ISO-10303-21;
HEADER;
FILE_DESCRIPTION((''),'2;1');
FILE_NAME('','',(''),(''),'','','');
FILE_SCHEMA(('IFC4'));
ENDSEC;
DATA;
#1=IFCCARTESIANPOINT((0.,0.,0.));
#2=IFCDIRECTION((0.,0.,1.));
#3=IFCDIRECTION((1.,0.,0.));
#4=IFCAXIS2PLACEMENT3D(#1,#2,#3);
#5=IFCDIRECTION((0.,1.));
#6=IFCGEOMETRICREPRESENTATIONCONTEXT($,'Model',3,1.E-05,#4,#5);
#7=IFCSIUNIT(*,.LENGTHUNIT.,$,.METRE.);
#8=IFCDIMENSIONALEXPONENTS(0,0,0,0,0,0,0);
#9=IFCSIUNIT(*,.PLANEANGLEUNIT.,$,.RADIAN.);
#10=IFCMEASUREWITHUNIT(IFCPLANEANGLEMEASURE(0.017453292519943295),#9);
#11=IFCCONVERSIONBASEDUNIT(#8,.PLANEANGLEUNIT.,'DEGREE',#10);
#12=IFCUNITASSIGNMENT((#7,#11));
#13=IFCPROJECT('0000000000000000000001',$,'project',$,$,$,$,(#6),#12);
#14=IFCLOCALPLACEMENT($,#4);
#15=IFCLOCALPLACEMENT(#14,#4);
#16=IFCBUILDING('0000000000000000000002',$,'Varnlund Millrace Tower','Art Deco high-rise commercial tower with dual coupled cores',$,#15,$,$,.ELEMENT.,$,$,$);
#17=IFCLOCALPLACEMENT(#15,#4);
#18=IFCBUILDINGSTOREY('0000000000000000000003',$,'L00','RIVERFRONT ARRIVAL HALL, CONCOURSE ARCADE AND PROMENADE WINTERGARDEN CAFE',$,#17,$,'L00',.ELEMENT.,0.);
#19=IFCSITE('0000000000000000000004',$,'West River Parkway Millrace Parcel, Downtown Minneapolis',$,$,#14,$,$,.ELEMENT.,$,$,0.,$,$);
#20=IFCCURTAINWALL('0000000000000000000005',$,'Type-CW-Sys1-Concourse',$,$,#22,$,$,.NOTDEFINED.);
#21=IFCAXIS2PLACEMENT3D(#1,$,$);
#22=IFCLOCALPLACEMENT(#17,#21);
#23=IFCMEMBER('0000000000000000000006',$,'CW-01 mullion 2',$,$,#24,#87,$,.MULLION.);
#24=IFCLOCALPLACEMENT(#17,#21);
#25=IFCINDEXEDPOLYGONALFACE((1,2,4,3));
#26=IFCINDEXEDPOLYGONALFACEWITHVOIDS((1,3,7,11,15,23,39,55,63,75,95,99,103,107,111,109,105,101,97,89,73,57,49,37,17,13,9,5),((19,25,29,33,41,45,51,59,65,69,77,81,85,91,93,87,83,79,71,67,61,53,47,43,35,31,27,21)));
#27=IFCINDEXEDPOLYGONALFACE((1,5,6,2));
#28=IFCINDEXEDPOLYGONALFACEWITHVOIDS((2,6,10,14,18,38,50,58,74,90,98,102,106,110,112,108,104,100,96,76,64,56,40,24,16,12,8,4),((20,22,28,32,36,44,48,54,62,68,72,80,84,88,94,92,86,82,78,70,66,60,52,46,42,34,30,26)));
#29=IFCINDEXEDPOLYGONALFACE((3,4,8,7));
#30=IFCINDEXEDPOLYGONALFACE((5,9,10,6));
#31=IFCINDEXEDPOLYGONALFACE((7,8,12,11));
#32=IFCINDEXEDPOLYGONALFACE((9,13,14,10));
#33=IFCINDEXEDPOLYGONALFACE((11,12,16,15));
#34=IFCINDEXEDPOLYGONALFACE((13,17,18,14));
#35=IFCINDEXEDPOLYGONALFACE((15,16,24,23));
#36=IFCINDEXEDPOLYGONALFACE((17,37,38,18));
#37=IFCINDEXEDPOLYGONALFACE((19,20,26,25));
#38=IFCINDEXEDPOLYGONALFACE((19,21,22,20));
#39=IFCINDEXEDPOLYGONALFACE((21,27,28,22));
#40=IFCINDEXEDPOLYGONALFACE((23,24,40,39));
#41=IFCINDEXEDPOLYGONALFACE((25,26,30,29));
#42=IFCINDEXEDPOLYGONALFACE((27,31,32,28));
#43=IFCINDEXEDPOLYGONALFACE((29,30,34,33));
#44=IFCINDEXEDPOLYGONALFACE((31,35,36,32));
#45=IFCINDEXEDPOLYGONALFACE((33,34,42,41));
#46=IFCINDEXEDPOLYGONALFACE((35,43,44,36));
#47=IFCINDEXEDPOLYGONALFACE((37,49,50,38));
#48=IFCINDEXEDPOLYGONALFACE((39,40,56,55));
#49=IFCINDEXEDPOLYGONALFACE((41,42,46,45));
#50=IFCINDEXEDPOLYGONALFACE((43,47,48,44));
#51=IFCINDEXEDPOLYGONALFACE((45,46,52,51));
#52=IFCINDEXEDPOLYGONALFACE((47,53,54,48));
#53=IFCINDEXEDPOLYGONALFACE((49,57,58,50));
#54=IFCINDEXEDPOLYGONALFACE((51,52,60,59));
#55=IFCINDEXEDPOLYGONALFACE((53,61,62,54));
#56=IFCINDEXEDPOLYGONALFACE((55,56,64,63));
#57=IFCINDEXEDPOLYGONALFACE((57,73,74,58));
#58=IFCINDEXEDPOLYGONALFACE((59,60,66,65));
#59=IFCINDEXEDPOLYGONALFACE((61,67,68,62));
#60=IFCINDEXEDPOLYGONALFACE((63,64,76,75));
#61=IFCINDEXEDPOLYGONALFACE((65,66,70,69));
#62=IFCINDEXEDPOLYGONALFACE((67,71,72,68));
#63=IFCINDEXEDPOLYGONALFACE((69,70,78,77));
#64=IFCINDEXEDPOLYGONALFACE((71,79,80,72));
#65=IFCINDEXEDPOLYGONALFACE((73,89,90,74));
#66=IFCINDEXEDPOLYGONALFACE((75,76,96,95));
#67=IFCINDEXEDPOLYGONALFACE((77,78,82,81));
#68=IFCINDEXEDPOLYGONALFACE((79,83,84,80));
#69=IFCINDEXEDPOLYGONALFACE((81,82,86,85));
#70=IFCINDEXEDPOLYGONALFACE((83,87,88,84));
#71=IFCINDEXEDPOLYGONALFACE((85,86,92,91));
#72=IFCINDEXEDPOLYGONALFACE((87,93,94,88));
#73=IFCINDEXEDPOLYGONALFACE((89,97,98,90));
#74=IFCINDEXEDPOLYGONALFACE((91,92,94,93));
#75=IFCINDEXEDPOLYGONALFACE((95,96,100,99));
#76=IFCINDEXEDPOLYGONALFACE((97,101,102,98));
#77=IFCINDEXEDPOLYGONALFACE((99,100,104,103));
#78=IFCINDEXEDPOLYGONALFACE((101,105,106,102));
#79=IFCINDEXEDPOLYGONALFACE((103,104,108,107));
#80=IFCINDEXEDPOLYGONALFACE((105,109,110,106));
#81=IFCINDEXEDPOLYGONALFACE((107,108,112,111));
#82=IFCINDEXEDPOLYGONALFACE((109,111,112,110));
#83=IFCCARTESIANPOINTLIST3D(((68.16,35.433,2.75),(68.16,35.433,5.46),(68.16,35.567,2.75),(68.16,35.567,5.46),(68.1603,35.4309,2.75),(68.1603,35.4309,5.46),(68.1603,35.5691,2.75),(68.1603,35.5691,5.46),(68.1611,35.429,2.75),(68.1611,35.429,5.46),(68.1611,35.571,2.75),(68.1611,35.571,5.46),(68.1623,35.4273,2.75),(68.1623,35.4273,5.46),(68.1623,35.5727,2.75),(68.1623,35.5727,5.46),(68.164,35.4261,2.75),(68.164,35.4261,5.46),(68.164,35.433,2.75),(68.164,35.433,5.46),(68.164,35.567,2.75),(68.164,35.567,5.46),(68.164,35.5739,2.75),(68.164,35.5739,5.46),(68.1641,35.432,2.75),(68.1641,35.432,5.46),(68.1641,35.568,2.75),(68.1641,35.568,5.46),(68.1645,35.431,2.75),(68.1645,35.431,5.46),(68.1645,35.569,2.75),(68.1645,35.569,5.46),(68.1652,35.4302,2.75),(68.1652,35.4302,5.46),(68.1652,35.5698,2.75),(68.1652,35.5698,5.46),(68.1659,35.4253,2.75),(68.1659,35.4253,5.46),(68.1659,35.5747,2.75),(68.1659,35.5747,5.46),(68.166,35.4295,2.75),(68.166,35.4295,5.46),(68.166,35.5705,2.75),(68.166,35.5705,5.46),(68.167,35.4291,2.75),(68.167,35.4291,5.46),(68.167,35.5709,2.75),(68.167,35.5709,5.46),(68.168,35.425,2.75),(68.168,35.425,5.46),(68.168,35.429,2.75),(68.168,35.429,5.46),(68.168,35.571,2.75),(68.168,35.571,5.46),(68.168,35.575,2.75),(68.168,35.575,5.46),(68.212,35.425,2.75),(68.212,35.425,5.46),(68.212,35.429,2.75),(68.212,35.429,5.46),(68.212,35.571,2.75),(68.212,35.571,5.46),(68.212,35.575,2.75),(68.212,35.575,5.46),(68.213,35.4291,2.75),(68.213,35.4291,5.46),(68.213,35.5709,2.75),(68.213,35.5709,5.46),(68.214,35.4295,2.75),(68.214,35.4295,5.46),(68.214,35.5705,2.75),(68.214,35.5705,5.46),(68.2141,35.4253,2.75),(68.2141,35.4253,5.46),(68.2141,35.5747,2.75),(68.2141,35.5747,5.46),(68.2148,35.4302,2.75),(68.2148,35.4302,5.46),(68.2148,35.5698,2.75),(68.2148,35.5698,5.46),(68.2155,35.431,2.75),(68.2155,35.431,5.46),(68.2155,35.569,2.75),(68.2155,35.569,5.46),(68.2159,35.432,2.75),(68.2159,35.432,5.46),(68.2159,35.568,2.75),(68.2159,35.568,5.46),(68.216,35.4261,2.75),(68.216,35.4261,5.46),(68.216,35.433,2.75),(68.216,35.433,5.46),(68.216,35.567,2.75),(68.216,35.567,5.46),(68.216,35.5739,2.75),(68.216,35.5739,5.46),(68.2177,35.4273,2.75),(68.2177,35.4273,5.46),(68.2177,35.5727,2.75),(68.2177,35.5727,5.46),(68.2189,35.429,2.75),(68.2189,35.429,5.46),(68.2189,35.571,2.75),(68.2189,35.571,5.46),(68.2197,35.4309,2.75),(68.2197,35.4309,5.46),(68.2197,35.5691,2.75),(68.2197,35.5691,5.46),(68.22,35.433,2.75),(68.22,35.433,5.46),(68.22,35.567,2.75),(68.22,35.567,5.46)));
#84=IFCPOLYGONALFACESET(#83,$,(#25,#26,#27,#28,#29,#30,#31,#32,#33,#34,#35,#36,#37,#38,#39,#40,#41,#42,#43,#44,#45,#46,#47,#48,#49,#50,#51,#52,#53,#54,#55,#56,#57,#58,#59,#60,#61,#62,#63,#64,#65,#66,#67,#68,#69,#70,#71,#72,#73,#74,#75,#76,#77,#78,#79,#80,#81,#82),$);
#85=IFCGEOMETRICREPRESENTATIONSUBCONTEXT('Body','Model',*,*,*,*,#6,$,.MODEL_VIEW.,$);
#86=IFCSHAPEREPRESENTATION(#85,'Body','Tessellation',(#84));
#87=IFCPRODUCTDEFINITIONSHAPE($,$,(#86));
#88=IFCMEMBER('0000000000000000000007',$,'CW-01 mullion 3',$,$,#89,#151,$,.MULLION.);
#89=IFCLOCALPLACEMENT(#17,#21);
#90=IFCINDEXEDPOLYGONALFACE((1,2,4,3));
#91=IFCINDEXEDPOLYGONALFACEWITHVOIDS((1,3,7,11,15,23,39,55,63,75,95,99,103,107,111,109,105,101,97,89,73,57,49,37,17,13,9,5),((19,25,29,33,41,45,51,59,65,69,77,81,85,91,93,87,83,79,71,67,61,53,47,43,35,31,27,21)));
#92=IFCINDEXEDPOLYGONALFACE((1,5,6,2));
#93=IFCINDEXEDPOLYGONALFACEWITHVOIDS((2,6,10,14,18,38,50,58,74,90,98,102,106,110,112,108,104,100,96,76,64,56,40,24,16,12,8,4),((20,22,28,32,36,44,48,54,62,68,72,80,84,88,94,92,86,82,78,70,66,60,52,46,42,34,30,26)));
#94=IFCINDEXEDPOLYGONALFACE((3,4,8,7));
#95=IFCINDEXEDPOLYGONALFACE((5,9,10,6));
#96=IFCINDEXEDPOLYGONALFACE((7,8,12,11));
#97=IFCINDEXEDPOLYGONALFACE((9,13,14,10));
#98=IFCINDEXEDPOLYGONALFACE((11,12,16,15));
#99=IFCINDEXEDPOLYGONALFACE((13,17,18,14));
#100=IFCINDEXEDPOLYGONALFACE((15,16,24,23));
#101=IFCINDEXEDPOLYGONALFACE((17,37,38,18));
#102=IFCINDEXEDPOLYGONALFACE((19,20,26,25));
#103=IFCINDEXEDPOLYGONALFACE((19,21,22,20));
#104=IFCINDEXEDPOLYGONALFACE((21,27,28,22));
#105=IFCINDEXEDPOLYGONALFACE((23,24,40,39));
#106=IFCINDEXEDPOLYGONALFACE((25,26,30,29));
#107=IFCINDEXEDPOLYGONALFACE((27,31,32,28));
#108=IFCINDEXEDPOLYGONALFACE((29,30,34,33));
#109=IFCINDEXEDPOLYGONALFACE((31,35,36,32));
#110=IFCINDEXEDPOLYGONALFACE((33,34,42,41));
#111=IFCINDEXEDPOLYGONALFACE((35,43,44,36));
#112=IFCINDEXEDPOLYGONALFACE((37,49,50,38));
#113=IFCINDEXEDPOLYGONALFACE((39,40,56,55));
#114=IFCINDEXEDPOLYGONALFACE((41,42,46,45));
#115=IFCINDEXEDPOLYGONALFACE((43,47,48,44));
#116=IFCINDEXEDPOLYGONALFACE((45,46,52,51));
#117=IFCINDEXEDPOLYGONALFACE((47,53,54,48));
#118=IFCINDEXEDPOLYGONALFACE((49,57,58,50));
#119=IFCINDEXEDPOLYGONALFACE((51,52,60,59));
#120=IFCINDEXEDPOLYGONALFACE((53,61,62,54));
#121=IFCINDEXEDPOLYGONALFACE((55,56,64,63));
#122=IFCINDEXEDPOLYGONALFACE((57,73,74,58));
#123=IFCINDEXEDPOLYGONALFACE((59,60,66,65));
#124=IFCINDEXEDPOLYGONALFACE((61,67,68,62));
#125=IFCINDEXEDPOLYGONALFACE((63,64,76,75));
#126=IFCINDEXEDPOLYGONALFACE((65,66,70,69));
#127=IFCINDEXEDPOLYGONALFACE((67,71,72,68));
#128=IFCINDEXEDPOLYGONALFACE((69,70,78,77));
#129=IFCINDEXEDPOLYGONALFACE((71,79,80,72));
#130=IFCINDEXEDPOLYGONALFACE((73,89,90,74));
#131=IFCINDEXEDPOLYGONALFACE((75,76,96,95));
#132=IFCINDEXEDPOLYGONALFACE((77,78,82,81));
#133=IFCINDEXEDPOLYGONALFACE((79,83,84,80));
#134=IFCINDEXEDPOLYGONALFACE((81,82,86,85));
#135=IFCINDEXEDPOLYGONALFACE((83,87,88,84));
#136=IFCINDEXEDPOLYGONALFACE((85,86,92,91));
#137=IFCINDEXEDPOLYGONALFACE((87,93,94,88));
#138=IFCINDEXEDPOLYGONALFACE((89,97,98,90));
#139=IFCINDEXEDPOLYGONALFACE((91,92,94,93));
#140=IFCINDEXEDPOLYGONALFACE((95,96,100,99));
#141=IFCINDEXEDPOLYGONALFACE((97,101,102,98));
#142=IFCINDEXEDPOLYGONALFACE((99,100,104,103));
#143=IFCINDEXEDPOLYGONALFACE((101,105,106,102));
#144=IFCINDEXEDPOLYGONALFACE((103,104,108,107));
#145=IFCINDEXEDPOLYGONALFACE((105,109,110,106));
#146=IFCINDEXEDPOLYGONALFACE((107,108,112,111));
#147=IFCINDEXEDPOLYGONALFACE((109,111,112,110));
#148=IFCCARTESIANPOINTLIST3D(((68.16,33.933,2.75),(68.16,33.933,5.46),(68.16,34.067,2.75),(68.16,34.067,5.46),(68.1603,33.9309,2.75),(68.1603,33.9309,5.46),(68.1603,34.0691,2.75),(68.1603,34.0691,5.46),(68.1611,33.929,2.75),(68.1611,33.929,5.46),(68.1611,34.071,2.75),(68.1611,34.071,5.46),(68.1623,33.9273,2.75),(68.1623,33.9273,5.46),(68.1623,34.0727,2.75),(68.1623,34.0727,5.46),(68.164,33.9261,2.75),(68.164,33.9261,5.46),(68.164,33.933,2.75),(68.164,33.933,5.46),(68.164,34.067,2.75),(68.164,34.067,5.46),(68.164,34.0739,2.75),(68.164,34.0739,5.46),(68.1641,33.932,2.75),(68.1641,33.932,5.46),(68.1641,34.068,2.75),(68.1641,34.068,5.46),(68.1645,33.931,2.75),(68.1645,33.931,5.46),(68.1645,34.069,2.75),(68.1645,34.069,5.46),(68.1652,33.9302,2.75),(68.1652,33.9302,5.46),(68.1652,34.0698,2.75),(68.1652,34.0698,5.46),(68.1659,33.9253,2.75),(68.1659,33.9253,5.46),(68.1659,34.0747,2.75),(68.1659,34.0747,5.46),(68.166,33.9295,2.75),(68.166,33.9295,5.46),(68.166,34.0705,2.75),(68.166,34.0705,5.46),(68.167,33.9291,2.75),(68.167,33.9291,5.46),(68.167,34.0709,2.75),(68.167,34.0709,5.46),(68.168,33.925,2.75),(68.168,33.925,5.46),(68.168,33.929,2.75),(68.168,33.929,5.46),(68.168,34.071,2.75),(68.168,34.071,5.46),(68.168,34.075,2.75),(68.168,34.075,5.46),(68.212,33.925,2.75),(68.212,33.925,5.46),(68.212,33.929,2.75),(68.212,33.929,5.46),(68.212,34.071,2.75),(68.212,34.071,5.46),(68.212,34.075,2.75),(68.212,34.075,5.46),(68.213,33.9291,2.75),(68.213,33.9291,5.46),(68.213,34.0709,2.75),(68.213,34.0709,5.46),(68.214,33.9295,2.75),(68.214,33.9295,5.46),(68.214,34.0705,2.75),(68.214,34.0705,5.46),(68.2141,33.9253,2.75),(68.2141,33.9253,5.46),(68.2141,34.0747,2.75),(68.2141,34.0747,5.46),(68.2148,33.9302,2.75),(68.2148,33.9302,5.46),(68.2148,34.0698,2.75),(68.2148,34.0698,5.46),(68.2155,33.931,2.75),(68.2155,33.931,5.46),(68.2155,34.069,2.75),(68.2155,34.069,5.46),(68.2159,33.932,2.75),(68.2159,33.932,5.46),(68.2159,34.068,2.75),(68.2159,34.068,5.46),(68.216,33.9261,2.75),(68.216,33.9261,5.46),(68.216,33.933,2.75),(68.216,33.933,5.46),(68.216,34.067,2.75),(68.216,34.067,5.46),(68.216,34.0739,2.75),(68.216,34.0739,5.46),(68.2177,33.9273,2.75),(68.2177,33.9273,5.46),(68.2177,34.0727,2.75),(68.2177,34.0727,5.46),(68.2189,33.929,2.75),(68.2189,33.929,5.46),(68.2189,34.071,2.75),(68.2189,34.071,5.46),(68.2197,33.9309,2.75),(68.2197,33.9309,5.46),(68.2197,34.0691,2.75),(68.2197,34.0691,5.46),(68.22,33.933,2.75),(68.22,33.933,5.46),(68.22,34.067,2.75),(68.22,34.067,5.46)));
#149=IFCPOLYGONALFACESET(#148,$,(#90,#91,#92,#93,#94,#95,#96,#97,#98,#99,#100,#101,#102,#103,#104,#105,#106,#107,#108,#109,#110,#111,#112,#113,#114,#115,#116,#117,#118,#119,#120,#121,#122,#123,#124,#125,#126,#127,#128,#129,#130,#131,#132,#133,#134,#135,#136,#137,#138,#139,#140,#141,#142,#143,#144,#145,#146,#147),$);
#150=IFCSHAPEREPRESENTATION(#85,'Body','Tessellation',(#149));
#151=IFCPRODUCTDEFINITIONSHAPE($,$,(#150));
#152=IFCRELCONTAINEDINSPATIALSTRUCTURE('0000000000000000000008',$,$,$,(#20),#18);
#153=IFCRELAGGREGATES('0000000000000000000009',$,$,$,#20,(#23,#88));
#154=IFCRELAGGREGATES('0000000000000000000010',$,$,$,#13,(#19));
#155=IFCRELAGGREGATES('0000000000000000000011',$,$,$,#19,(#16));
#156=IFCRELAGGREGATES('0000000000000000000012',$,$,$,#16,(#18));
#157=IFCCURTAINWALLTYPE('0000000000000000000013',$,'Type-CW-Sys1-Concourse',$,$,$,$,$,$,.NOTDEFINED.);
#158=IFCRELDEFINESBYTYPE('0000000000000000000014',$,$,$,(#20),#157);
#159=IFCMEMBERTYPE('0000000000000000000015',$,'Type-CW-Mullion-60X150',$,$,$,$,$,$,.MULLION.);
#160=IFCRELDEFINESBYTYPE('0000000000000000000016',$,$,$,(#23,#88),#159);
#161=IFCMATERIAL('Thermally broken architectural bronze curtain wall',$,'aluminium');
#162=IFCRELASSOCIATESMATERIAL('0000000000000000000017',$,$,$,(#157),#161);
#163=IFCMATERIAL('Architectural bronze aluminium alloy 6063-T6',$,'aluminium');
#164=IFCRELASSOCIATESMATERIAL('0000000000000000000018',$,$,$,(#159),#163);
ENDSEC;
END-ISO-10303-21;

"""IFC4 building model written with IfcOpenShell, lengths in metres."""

from ifc_helpers import new_model, entity, si_unit, converted_unit, direction, frame, origin_with_axes, origin_2d_with_axis, place, context, subcontext, project, spatial, hollow_rectangle, extrude, material, material_profile, profile_set, type_object, element, aggregate, save


model = new_model("IFC4")

# Units and contexts
model_context = context("Model", 3, precision=1e-05, world=origin_with_axes(), true_north=direction((0.0, 1.0)))
body_context = subcontext(model_context, "Body", "Model", "MODEL_VIEW")
ifc_project = project(units=[si_unit("LENGTHUNIT", "METRE"), converted_unit("PLANEANGLEUNIT", "DEGREE", entity("IfcPlaneAngleMeasure", 0.017453292519943295), si_unit("PLANEANGLEUNIT", "RADIAN"), dimensions=[0, 0, 0, 0, 0, 0, 0])], contexts=[model_context])

# Site, building, storey
site_placement = place(None, origin_with_axes())
site = spatial("IfcSite", under=ifc_project, at=site_placement, Name="West River Parkway Millrace Parcel, Downtown Minneapolis", CompositionType="ELEMENT", RefElevation=0.0)
building_placement = place(site_placement, origin_with_axes())
building = spatial("IfcBuilding", under=site, at=building_placement, Name="Varnlund Millrace Tower", Description="Art Deco high-rise commercial tower with dual coupled cores", CompositionType="ELEMENT")
storey_placement = place(building_placement, origin_with_axes())
storey = spatial("IfcBuildingStorey", under=building, at=storey_placement, Name="L00", Description="RIVERFRONT ARRIVAL HALL, CONCOURSE ARCADE AND PROMENADE WINTERGARDEN CAFE", LongName="L00", CompositionType="ELEMENT", Elevation=0.0)

# Shared definitions
ifc_material_1 = material(Name="Thermally broken architectural bronze curtain wall", Category="aluminium")
curtain_wall_type = type_object("IfcCurtainWallType", Name="Type-CW-Sys1-Concourse", PredefinedType="NOTDEFINED", material=ifc_material_1)
ifc_material_2 = material(Name="Architectural bronze aluminium alloy 6063-T6", Category="aluminium")
ifc_material_profile_1 = material_profile(ifc_material_2, hollow_rectangle(XDim=0.06, YDim=0.15, WallThickness=0.004, InnerFilletRadius=0.004, OuterFilletRadius=0.008, at=origin_2d_with_axis()), Name="Architectural bronze aluminium alloy 6063-T6")
ifc_profile_set_1 = profile_set([ifc_material_profile_1], Name="Architectural bronze aluminium alloy 6063-T6")
member_type_1 = type_object("IfcMemberType", Name="Type-CW-Mullion-60X150", PredefinedType="MULLION", material=ifc_profile_set_1)

# Curtain wall, members
curtain_wall_1_placement = place(storey_placement, frame((68.19, 37.0, 2.75), z_axis=(0.0, 0.0, 1.0), x_axis=(1.0, 0.0, 0.0)))
curtain_wall_1 = element("IfcCurtainWall", 1, at=curtain_wall_1_placement, inside=storey, type_object=curtain_wall_type, Name="Type-CW-Sys1-Concourse", PredefinedType="NOTDEFINED")
member_1_placement = place(storey_placement, frame((68.19, 35.5, 2.75), z_axis=(0.0, 0.0, 1.0), x_axis=(1.0, 0.0, 0.0)))
member_1 = element("IfcMember", 2, at=member_1_placement, type_object=member_type_1, Name="CW-01 mullion 2", PredefinedType="MULLION", context=body_context, shape_type="SweptSolid", body=[
    extrude(hollow_rectangle(XDim=0.06, YDim=0.15, WallThickness=0.004, InnerFilletRadius=0.004, OuterFilletRadius=0.008, at=origin_2d_with_axis()), origin_with_axes(), (0.0, 0.0, 1.0), 2.71),
])
member_2_placement = place(storey_placement, frame((68.19, 34.0, 2.75), z_axis=(0.0, 0.0, 1.0), x_axis=(1.0, 0.0, 0.0)))
member_2 = element("IfcMember", 3, at=member_2_placement, type_object=member_type_1, Name="CW-01 mullion 3", PredefinedType="MULLION", context=body_context, shape_type="SweptSolid", body=[
    extrude(hollow_rectangle(XDim=0.06, YDim=0.15, WallThickness=0.004, InnerFilletRadius=0.004, OuterFilletRadius=0.008, at=origin_2d_with_axis()), origin_with_axes(), (0.0, 0.0, 1.0), 2.71),
])

aggregate(curtain_wall_1, [member_1, member_2])

save(model, "model.ifc")
